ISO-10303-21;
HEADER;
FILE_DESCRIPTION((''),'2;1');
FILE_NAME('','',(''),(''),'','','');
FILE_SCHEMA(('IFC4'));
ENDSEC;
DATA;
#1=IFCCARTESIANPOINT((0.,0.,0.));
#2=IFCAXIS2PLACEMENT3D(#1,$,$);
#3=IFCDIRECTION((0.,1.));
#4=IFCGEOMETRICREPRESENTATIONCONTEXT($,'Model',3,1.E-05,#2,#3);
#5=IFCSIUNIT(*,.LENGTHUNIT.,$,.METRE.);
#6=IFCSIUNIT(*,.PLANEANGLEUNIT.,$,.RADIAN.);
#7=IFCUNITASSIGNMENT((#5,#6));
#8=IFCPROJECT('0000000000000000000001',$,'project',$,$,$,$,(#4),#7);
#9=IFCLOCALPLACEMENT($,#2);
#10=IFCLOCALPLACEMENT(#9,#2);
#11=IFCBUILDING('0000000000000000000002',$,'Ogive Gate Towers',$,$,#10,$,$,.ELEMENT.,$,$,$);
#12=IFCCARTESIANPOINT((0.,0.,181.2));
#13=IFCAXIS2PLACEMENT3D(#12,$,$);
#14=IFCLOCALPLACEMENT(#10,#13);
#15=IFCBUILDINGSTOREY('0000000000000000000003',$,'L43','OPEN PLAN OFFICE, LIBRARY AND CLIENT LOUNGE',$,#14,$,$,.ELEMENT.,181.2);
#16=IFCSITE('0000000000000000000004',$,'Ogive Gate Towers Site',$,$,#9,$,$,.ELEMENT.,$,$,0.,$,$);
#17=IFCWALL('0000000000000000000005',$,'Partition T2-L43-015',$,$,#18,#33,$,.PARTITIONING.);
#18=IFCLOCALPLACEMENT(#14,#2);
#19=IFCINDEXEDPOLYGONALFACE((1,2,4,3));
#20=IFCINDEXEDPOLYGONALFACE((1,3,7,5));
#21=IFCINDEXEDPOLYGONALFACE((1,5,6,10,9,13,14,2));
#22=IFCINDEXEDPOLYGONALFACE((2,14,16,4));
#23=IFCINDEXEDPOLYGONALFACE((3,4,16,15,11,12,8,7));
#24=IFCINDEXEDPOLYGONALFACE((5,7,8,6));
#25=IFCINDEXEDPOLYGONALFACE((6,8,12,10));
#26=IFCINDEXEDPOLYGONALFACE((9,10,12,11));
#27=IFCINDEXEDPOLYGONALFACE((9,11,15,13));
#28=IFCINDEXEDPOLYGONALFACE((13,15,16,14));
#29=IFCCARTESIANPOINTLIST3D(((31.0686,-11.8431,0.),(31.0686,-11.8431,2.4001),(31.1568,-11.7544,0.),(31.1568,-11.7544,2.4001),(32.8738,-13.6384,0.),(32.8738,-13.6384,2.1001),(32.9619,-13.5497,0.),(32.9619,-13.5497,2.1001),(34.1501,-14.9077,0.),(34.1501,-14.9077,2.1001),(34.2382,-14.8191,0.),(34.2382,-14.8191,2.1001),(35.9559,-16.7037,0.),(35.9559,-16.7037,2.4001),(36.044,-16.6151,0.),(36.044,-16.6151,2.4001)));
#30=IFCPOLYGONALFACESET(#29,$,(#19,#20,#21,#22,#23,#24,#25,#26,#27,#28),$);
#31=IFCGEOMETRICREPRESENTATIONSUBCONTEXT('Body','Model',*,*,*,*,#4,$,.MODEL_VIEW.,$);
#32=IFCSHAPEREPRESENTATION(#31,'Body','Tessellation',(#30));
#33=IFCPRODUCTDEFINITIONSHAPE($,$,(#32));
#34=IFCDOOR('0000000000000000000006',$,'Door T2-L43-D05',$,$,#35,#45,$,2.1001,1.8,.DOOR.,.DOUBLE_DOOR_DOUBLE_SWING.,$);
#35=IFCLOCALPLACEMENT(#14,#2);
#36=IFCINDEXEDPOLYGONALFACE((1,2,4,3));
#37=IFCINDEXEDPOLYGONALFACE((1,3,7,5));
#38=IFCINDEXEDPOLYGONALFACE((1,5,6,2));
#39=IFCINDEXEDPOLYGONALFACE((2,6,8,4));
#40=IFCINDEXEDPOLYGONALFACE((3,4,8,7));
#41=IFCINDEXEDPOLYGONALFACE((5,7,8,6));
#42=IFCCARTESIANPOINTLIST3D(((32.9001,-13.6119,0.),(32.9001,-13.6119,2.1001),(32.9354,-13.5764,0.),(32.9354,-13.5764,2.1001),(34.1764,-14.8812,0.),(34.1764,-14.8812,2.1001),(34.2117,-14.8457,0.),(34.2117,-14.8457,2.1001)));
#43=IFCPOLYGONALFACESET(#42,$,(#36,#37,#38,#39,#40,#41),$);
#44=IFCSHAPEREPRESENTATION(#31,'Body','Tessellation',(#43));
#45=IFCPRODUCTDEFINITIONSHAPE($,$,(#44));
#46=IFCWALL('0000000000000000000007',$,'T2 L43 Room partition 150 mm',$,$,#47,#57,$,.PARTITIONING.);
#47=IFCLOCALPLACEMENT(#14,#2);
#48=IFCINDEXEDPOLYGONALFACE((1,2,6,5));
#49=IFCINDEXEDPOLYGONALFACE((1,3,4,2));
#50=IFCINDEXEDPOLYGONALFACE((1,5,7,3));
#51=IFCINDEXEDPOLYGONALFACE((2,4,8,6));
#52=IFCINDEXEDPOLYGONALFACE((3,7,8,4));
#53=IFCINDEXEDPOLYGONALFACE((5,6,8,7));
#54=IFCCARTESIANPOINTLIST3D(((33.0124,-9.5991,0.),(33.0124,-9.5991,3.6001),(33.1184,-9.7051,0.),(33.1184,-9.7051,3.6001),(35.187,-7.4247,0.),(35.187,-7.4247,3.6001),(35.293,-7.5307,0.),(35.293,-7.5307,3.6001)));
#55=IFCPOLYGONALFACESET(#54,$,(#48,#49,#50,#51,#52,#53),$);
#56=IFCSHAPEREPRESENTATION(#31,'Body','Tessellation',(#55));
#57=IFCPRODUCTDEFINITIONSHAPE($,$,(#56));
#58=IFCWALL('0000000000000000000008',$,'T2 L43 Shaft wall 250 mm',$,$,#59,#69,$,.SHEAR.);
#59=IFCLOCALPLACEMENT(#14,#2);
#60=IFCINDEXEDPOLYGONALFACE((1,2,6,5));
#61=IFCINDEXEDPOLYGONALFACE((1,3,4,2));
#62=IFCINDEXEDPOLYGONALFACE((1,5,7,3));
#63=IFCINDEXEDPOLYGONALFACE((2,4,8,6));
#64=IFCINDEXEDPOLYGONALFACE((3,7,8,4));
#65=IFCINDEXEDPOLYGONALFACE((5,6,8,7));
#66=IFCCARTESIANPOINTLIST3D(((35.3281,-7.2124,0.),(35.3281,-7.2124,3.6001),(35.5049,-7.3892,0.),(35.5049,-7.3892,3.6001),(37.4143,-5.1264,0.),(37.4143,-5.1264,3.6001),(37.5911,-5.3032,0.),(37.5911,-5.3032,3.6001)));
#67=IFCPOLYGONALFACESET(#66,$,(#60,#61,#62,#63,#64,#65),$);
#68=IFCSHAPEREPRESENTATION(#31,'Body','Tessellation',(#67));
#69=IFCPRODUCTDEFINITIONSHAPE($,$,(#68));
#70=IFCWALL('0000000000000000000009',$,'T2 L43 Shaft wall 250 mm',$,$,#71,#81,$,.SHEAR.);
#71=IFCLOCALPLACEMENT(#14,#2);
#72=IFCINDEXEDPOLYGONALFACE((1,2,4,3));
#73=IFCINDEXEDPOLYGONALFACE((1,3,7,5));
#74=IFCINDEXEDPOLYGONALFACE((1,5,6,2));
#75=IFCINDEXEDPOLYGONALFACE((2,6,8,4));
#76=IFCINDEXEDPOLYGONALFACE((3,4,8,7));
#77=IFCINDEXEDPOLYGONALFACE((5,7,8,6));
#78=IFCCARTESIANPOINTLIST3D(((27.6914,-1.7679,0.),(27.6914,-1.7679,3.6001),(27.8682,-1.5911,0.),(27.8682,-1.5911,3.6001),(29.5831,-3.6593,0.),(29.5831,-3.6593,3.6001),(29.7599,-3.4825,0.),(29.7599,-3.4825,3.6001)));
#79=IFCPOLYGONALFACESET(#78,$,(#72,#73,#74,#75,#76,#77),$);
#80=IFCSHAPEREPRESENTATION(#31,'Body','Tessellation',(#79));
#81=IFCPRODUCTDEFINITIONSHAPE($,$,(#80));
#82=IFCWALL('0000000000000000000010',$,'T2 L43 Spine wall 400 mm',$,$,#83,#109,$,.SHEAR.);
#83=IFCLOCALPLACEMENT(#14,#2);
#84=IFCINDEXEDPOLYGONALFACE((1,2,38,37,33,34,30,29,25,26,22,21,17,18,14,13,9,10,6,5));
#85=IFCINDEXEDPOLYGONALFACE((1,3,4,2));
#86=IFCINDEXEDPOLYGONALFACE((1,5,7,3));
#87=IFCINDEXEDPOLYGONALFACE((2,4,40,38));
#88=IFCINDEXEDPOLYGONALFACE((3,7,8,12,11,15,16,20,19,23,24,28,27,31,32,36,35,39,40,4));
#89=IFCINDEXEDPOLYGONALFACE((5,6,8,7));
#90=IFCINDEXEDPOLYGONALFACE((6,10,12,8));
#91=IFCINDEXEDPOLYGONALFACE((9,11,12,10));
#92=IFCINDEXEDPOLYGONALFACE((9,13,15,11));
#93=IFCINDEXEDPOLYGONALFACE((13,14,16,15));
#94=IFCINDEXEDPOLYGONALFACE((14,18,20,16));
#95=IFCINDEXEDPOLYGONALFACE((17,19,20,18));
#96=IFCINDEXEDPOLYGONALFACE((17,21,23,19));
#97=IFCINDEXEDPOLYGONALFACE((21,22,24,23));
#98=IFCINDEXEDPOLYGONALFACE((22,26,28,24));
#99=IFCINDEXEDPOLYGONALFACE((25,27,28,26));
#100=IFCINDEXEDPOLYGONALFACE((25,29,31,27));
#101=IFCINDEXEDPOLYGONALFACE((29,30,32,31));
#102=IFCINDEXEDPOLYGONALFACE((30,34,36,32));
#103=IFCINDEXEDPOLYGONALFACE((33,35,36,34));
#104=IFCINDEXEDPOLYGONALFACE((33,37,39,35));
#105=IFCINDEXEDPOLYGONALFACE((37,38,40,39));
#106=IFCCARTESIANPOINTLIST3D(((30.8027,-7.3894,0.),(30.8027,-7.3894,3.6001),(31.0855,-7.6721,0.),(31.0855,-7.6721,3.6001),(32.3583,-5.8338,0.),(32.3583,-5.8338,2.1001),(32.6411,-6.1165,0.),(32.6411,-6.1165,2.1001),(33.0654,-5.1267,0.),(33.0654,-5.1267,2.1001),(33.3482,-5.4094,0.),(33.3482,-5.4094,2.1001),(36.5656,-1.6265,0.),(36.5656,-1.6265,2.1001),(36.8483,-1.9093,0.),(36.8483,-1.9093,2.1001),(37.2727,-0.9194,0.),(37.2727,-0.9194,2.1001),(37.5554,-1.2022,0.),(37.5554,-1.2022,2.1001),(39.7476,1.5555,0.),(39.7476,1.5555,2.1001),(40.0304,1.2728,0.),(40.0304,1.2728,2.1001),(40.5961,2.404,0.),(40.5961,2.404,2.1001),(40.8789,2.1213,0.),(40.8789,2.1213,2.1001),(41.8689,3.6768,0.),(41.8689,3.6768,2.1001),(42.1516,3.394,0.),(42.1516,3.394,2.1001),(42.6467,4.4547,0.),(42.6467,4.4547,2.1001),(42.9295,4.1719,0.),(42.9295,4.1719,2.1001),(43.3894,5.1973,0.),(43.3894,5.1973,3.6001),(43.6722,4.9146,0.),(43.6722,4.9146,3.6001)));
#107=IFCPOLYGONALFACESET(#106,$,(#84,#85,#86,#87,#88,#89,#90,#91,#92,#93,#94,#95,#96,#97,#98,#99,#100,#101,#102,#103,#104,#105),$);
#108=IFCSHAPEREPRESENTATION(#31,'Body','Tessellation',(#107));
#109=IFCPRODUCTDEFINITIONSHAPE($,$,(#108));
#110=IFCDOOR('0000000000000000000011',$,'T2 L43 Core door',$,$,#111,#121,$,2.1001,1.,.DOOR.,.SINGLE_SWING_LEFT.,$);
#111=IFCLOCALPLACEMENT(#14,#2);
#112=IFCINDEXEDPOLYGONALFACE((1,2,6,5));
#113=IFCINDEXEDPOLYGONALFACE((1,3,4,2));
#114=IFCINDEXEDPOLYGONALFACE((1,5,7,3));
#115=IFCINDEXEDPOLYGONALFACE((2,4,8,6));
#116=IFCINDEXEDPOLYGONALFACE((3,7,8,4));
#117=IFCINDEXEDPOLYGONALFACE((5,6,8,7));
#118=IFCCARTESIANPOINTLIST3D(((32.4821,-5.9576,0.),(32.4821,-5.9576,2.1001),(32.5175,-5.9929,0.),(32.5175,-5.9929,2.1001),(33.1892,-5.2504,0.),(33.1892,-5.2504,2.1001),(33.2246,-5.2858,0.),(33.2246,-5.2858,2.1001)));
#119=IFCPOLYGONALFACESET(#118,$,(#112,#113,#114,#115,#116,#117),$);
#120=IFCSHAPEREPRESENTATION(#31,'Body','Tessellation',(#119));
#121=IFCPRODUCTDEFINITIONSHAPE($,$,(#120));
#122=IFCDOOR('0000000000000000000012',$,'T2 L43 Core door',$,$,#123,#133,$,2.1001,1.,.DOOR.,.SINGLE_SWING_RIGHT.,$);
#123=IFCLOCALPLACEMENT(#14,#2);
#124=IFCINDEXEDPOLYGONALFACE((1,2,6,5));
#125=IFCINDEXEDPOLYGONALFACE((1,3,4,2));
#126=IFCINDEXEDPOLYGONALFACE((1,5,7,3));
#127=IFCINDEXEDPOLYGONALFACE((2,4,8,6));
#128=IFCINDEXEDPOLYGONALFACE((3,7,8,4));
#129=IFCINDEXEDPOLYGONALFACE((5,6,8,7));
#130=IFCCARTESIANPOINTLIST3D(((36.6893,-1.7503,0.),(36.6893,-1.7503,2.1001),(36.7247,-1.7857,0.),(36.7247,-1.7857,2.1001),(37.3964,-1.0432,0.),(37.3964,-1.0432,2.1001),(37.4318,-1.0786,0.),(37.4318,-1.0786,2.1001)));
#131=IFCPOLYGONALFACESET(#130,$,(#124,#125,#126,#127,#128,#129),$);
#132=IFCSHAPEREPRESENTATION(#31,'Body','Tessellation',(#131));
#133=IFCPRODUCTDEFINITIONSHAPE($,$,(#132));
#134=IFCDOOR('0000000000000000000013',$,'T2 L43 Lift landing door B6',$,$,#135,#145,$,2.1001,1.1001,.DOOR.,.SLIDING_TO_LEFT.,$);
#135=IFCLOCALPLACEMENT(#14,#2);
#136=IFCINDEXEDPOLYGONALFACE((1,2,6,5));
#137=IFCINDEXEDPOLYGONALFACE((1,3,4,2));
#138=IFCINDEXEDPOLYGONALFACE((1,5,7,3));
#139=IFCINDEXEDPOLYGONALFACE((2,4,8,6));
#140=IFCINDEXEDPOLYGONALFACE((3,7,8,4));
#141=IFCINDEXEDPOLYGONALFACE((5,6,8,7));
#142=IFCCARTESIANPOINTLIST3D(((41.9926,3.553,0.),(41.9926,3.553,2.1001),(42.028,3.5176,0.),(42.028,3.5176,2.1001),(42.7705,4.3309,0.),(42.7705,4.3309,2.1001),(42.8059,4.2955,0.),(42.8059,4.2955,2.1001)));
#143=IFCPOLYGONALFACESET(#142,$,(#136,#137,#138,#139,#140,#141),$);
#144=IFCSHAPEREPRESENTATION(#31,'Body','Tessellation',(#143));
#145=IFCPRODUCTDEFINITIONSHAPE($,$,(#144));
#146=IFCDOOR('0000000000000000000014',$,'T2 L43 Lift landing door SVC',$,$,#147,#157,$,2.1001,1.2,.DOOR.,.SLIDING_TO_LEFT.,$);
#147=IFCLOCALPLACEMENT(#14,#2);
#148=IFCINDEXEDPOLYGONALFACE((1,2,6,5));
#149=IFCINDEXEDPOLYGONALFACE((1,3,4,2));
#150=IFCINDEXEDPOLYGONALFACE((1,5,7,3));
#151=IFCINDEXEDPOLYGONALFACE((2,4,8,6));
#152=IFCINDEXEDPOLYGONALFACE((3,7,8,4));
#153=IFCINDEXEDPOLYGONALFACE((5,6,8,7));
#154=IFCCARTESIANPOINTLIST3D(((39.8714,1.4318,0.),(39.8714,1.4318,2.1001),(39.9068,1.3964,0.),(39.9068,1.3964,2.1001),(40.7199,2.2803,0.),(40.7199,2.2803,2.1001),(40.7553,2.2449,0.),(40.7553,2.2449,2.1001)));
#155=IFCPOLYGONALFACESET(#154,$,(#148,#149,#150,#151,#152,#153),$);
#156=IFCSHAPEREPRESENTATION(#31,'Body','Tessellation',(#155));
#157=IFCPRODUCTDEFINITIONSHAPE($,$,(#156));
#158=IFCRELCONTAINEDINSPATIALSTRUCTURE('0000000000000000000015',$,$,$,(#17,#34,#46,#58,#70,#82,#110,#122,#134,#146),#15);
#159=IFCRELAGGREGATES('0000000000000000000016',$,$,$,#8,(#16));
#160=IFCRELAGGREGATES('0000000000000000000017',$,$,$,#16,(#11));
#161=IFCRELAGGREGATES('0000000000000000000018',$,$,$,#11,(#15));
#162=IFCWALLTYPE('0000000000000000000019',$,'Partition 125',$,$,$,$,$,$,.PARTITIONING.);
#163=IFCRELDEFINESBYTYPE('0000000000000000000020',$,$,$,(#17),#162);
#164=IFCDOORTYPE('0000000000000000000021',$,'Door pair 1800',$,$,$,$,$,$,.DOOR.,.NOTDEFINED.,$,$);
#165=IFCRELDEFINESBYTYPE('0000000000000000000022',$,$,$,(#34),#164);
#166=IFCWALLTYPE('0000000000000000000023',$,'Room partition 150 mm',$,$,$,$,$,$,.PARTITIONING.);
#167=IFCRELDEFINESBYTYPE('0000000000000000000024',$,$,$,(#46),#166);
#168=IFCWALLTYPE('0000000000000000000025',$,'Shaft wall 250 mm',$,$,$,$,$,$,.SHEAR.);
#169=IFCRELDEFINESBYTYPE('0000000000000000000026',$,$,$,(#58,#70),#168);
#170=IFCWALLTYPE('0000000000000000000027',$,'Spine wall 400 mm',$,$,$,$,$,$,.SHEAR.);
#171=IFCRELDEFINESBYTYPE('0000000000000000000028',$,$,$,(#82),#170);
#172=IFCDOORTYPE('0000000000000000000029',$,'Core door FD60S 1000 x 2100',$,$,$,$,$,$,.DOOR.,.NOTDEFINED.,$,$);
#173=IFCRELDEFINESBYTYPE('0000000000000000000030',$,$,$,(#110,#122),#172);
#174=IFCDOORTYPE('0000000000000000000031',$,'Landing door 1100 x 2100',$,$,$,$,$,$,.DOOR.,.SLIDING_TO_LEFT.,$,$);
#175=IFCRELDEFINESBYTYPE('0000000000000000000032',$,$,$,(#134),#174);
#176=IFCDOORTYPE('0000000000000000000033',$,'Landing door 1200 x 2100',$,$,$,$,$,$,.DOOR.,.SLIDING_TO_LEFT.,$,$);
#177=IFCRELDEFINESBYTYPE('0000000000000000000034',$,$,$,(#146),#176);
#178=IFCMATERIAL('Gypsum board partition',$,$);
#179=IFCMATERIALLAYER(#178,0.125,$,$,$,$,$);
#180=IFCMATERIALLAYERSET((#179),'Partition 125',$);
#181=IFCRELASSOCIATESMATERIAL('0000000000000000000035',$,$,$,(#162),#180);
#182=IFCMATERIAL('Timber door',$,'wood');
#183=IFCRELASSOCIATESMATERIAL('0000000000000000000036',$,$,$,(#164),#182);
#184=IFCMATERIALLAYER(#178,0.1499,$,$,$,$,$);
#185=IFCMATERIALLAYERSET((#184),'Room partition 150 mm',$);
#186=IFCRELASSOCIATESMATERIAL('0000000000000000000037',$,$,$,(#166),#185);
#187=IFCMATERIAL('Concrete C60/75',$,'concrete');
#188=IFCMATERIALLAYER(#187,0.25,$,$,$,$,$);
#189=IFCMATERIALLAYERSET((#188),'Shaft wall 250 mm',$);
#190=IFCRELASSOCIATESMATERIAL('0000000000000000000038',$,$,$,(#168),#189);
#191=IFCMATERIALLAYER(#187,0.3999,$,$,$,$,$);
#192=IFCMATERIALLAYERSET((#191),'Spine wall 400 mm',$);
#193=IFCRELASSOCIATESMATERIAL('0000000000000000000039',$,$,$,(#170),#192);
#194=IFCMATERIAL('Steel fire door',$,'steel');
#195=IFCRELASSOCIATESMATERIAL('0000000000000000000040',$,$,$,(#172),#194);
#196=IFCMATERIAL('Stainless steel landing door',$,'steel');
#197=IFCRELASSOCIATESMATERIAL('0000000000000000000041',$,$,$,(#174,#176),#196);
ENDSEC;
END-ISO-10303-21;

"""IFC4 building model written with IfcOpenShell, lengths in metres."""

from ifc_helpers import new_model, si_unit, direction, frame, frame_2d, origin, place, context, subcontext, project, spatial, rectangle, extrude, material, layer, layer_set, type_object, element, fill, save


model = new_model("IFC4")

# Units and contexts
model_context = context("Model", 3, precision=1e-05, world=origin(), true_north=direction((0.0, 1.0)))
body_context = subcontext(model_context, "Body", "Model", "MODEL_VIEW")
ifc_project = project(units=[si_unit("LENGTHUNIT", "METRE"), si_unit("PLANEANGLEUNIT", "RADIAN")], contexts=[model_context])

# Site, building, storey
site_placement = place(None, origin())
site = spatial("IfcSite", under=ifc_project, at=site_placement, Name="Ogive Gate Towers Site", CompositionType="ELEMENT", RefElevation=0.0)
building_placement = place(site_placement, origin())
building = spatial("IfcBuilding", under=site, at=building_placement, Name="Ogive Gate Towers", CompositionType="ELEMENT")
storey_placement = place(building_placement, frame((0.0, 0.0, 181.2)))
storey = spatial("IfcBuildingStorey", under=building, at=storey_placement, Name="L43", Description="OPEN PLAN OFFICE, LIBRARY AND CLIENT LOUNGE", CompositionType="ELEMENT", Elevation=181.2)

# Wall, opening, door
ifc_material_1 = material(Name="Gypsum board partition")
ifc_layer_1 = layer(ifc_material_1, 0.125)
ifc_layer_set_1 = layer_set([ifc_layer_1], Name="Partition 125")
wall_type_1 = type_object("IfcWallType", Name="Partition 125", PredefinedType="PARTITIONING", material=ifc_layer_set_1)
wall_1_placement = place(storey_placement, frame((31.1128, -11.7988, 0.0), z_axis=(0.0, 0.0, 1.0), x_axis=(0.709035, -0.705174, 0.0)))
wall_1 = element("IfcWall", 1, at=wall_1_placement, inside=storey, type_object=wall_type_1, Name="Partition T2-L43-015", PredefinedType="PARTITIONING", context=body_context, shape_type="SweptSolid", body=[
    extrude(rectangle(XDim=6.8928, YDim=0.125, at=frame_2d((3.4463, 0.0))), origin(), (0.0, 0.0, 1.0), 2.4001),
])
opening_1_placement = place(wall_1_placement, frame((2.5459, 0.0, 0.0)))
opening_1 = element("IfcOpeningElement", 2, at=opening_1_placement, cuts=wall_1, PredefinedType="OPENING", context=body_context, shape_type="SweptSolid", body=[
    extrude(rectangle(XDim=1.8, YDim=2.1001, at=frame_2d((0.8999, 1.05))), frame((0.0, 0.0725, 0.0), z_axis=(0.0, -1.0, 0.0), x_axis=(1.0, 0.0, 0.0)), (0.0, 0.0, 1.0), 0.145),
])
ifc_material_2 = material(Name="Timber door", Category="wood")
door_type_1 = type_object("IfcDoorType", Name="Door pair 1800", OperationType="NOTDEFINED", PredefinedType="DOOR", material=ifc_material_2)
door_1_placement = place(opening_1_placement, origin())
door_1 = element("IfcDoor", 3, at=door_1_placement, inside=storey, type_object=door_type_1, Name="Door T2-L43-D05", OperationType="DOUBLE_DOOR_DOUBLE_SWING", OverallHeight=2.1001, OverallWidth=1.8, PredefinedType="DOOR", context=body_context, shape_type="SweptSolid", body=[
    extrude(rectangle(XDim=1.8, YDim=2.1001, at=frame_2d((0.8999, 1.05))), frame((0.0, 0.0249, 0.0), z_axis=(0.0, -1.0, 0.0), x_axis=(1.0, 0.0, 0.0)), (0.0, 0.0, 1.0), 0.05),
])
fill(opening_1, door_1)

# Walls
ifc_layer_2 = layer(ifc_material_1, 0.1499)
ifc_layer_set_2 = layer_set([ifc_layer_2], Name="Room partition 150 mm")
wall_type_2 = type_object("IfcWallType", Name="Room partition 150 mm", PredefinedType="PARTITIONING", material=ifc_layer_set_2)
wall_2_placement = place(storey_placement, frame((33.0654, -9.6521, 0.0), z_axis=(0.0, 0.0, 1.0), x_axis=(0.707146, 0.707067, 0.0)))
element("IfcWall", 4, at=wall_2_placement, inside=storey, type_object=wall_type_2, Name="T2 L43 Room partition 150 mm", PredefinedType="PARTITIONING", context=body_context, shape_type="SweptSolid", body=[
    extrude(rectangle(XDim=3.0752, YDim=0.1499, at=frame_2d((1.5376, 0.0))), origin(), (0.0, 0.0, 1.0), 3.6001),
])
ifc_material_3 = material(Name="Concrete C60/75", Category="concrete")
ifc_layer_3 = layer(ifc_material_3, 0.25)
ifc_layer_set_3 = layer_set([ifc_layer_3], Name="Shaft wall 250 mm")
wall_type_3 = type_object("IfcWallType", Name="Shaft wall 250 mm", PredefinedType="SHEAR", material=ifc_layer_set_3)
wall_3_placement = place(storey_placement, frame((35.4165, -7.3008, 0.0), z_axis=(0.0, 0.0, 1.0), x_axis=(0.707148, 0.707065, 0.0)))
element("IfcWall", 5, at=wall_3_placement, inside=storey, type_object=wall_type_3, Name="T2 L43 Shaft wall 250 mm", PredefinedType="SHEAR", context=body_context, shape_type="SweptSolid", body=[
    extrude(rectangle(XDim=2.9502, YDim=0.25, at=frame_2d((1.4751, 0.0))), origin(), (0.0, 0.0, 1.0), 3.6001),
])
wall_4_placement = place(storey_placement, frame((29.6714, -3.5708, 0.0), z_axis=(0.0, 0.0, 1.0), x_axis=(-0.707152, 0.707061, 0.0)))
element("IfcWall", 6, at=wall_4_placement, inside=storey, type_object=wall_type_3, Name="T2 L43 Shaft wall 250 mm", PredefinedType="SHEAR", context=body_context, shape_type="SweptSolid", body=[
    extrude(rectangle(XDim=2.675, YDim=0.25, at=frame_2d((1.3374, 0.0))), origin(), (0.0, 0.0, 1.0), 3.6001),
])

# Wall, openings, doors
ifc_layer_4 = layer(ifc_material_3, 0.3999)
ifc_layer_set_4 = layer_set([ifc_layer_4], Name="Spine wall 400 mm")
wall_type_4 = type_object("IfcWallType", Name="Spine wall 400 mm", PredefinedType="SHEAR", material=ifc_layer_set_4)
wall_5_placement = place(storey_placement, frame((30.9441, -7.5308, 0.0), z_axis=(0.0, 0.0, 1.0), x_axis=(0.707107, 0.707107, 0.0)))
wall_5 = element("IfcWall", 7, at=wall_5_placement, inside=storey, type_object=wall_type_4, Name="T2 L43 Spine wall 400 mm", PredefinedType="SHEAR", context=body_context, shape_type="SweptSolid", body=[
    extrude(rectangle(XDim=17.8003, YDim=0.3999, at=frame_2d((8.9001, 0.0))), origin(), (0.0, 0.0, 1.0), 3.6001),
])
opening_2_placement = place(wall_5_placement, frame((12.6499, 0.0, 0.0)))
opening_2 = element("IfcOpeningElement", 8, at=opening_2_placement, cuts=wall_5, PredefinedType="OPENING", context=body_context, shape_type="SweptSolid", body=[
    extrude(rectangle(XDim=1.2, YDim=2.1001, at=frame_2d((0.6001, 1.05))), frame((0.0, 0.21, 0.0), z_axis=(0.0, -1.0, 0.0), x_axis=(1.0, 0.0, 0.0)), (0.0, 0.0, 1.0), 0.4199),
])
opening_3_placement = place(wall_5_placement, frame((15.6499, 0.0, 0.0)))
opening_3 = element("IfcOpeningElement", 9, at=opening_3_placement, cuts=wall_5, PredefinedType="OPENING", context=body_context, shape_type="SweptSolid", body=[
    extrude(rectangle(XDim=1.1001, YDim=2.1001, at=frame_2d((0.55, 1.05))), frame((0.0, 0.21, 0.0), z_axis=(0.0, -1.0, 0.0), x_axis=(1.0, 0.0, 0.0)), (0.0, 0.0, 1.0), 0.4199),
])
opening_4_placement = place(wall_5_placement, frame((2.2, 0.0, 0.0)))
opening_4 = element("IfcOpeningElement", 10, at=opening_4_placement, cuts=wall_5, PredefinedType="OPENING", context=body_context, shape_type="SweptSolid", body=[
    extrude(rectangle(XDim=1.0, YDim=2.1001, at=frame_2d((0.5, 1.05))), frame((0.0, 0.21, 0.0), z_axis=(0.0, -1.0, 0.0), x_axis=(1.0, 0.0, 0.0)), (0.0, 0.0, 1.0), 0.4199),
])
opening_5_placement = place(wall_5_placement, frame((8.1499, 0.0, 0.0)))
opening_5 = element("IfcOpeningElement", 11, at=opening_5_placement, cuts=wall_5, PredefinedType="OPENING", context=body_context, shape_type="SweptSolid", body=[
    extrude(rectangle(XDim=1.0, YDim=2.1001, at=frame_2d((0.5, 1.05))), frame((0.0, 0.21, 0.0), z_axis=(0.0, -1.0, 0.0), x_axis=(1.0, 0.0, 0.0)), (0.0, 0.0, 1.0), 0.4199),
])
ifc_material_4 = material(Name="Steel fire door", Category="steel")
door_type_2 = type_object("IfcDoorType", Name="Core door FD60S 1000 x 2100", OperationType="NOTDEFINED", PredefinedType="DOOR", material=ifc_material_4)
door_2_placement = place(opening_4_placement, origin())
door_2 = element("IfcDoor", 12, at=door_2_placement, inside=storey, type_object=door_type_2, Name="T2 L43 Core door", OperationType="SINGLE_SWING_LEFT", OverallHeight=2.1001, OverallWidth=1.0, PredefinedType="DOOR", context=body_context, shape_type="SweptSolid", body=[
    extrude(rectangle(XDim=1.0, YDim=2.1001, at=frame_2d((0.5, 1.05))), frame((0.0, 0.0249, 0.0), z_axis=(0.0, -1.0, 0.0), x_axis=(1.0, 0.0, 0.0)), (0.0, 0.0, 1.0), 0.05),
])
fill(opening_4, door_2)
door_3_placement = place(opening_5_placement, origin())
door_3 = element("IfcDoor", 13, at=door_3_placement, inside=storey, type_object=door_type_2, Name="T2 L43 Core door", OperationType="SINGLE_SWING_RIGHT", OverallHeight=2.1001, OverallWidth=1.0, PredefinedType="DOOR", context=body_context, shape_type="SweptSolid", body=[
    extrude(rectangle(XDim=1.0, YDim=2.1001, at=frame_2d((0.5, 1.05))), frame((0.0, 0.0249, 0.0), z_axis=(0.0, -1.0, 0.0), x_axis=(1.0, 0.0, 0.0)), (0.0, 0.0, 1.0), 0.05),
])
fill(opening_5, door_3)
ifc_material_5 = material(Name="Stainless steel landing door", Category="steel")
door_type_3 = type_object("IfcDoorType", Name="Landing door 1100 x 2100", OperationType="SLIDING_TO_LEFT", PredefinedType="DOOR", material=ifc_material_5)
door_4_placement = place(opening_3_placement, origin())
door_4 = element("IfcDoor", 14, at=door_4_placement, inside=storey, type_object=door_type_3, Name="T2 L43 Lift landing door B6", OperationType="SLIDING_TO_LEFT", OverallHeight=2.1001, OverallWidth=1.1001, PredefinedType="DOOR", context=body_context, shape_type="SweptSolid", body=[
    extrude(rectangle(XDim=1.1001, YDim=2.1001, at=frame_2d((0.55, 1.05))), frame((0.0, 0.0249, 0.0), z_axis=(0.0, -1.0, 0.0), x_axis=(1.0, 0.0, 0.0)), (0.0, 0.0, 1.0), 0.05),
])
fill(opening_3, door_4)
door_type_4 = type_object("IfcDoorType", Name="Landing door 1200 x 2100", OperationType="SLIDING_TO_LEFT", PredefinedType="DOOR", material=ifc_material_5)
door_5_placement = place(opening_2_placement, origin())
door_5 = element("IfcDoor", 15, at=door_5_placement, inside=storey, type_object=door_type_4, Name="T2 L43 Lift landing door SVC", OperationType="SLIDING_TO_LEFT", OverallHeight=2.1001, OverallWidth=1.2, PredefinedType="DOOR", context=body_context, shape_type="SweptSolid", body=[
    extrude(rectangle(XDim=1.2, YDim=2.1001, at=frame_2d((0.6001, 1.05))), frame((0.0, 0.0249, 0.0), z_axis=(0.0, -1.0, 0.0), x_axis=(1.0, 0.0, 0.0)), (0.0, 0.0, 1.0), 0.05),
])
fill(opening_2, door_5)

save(model, "model.ifc")
